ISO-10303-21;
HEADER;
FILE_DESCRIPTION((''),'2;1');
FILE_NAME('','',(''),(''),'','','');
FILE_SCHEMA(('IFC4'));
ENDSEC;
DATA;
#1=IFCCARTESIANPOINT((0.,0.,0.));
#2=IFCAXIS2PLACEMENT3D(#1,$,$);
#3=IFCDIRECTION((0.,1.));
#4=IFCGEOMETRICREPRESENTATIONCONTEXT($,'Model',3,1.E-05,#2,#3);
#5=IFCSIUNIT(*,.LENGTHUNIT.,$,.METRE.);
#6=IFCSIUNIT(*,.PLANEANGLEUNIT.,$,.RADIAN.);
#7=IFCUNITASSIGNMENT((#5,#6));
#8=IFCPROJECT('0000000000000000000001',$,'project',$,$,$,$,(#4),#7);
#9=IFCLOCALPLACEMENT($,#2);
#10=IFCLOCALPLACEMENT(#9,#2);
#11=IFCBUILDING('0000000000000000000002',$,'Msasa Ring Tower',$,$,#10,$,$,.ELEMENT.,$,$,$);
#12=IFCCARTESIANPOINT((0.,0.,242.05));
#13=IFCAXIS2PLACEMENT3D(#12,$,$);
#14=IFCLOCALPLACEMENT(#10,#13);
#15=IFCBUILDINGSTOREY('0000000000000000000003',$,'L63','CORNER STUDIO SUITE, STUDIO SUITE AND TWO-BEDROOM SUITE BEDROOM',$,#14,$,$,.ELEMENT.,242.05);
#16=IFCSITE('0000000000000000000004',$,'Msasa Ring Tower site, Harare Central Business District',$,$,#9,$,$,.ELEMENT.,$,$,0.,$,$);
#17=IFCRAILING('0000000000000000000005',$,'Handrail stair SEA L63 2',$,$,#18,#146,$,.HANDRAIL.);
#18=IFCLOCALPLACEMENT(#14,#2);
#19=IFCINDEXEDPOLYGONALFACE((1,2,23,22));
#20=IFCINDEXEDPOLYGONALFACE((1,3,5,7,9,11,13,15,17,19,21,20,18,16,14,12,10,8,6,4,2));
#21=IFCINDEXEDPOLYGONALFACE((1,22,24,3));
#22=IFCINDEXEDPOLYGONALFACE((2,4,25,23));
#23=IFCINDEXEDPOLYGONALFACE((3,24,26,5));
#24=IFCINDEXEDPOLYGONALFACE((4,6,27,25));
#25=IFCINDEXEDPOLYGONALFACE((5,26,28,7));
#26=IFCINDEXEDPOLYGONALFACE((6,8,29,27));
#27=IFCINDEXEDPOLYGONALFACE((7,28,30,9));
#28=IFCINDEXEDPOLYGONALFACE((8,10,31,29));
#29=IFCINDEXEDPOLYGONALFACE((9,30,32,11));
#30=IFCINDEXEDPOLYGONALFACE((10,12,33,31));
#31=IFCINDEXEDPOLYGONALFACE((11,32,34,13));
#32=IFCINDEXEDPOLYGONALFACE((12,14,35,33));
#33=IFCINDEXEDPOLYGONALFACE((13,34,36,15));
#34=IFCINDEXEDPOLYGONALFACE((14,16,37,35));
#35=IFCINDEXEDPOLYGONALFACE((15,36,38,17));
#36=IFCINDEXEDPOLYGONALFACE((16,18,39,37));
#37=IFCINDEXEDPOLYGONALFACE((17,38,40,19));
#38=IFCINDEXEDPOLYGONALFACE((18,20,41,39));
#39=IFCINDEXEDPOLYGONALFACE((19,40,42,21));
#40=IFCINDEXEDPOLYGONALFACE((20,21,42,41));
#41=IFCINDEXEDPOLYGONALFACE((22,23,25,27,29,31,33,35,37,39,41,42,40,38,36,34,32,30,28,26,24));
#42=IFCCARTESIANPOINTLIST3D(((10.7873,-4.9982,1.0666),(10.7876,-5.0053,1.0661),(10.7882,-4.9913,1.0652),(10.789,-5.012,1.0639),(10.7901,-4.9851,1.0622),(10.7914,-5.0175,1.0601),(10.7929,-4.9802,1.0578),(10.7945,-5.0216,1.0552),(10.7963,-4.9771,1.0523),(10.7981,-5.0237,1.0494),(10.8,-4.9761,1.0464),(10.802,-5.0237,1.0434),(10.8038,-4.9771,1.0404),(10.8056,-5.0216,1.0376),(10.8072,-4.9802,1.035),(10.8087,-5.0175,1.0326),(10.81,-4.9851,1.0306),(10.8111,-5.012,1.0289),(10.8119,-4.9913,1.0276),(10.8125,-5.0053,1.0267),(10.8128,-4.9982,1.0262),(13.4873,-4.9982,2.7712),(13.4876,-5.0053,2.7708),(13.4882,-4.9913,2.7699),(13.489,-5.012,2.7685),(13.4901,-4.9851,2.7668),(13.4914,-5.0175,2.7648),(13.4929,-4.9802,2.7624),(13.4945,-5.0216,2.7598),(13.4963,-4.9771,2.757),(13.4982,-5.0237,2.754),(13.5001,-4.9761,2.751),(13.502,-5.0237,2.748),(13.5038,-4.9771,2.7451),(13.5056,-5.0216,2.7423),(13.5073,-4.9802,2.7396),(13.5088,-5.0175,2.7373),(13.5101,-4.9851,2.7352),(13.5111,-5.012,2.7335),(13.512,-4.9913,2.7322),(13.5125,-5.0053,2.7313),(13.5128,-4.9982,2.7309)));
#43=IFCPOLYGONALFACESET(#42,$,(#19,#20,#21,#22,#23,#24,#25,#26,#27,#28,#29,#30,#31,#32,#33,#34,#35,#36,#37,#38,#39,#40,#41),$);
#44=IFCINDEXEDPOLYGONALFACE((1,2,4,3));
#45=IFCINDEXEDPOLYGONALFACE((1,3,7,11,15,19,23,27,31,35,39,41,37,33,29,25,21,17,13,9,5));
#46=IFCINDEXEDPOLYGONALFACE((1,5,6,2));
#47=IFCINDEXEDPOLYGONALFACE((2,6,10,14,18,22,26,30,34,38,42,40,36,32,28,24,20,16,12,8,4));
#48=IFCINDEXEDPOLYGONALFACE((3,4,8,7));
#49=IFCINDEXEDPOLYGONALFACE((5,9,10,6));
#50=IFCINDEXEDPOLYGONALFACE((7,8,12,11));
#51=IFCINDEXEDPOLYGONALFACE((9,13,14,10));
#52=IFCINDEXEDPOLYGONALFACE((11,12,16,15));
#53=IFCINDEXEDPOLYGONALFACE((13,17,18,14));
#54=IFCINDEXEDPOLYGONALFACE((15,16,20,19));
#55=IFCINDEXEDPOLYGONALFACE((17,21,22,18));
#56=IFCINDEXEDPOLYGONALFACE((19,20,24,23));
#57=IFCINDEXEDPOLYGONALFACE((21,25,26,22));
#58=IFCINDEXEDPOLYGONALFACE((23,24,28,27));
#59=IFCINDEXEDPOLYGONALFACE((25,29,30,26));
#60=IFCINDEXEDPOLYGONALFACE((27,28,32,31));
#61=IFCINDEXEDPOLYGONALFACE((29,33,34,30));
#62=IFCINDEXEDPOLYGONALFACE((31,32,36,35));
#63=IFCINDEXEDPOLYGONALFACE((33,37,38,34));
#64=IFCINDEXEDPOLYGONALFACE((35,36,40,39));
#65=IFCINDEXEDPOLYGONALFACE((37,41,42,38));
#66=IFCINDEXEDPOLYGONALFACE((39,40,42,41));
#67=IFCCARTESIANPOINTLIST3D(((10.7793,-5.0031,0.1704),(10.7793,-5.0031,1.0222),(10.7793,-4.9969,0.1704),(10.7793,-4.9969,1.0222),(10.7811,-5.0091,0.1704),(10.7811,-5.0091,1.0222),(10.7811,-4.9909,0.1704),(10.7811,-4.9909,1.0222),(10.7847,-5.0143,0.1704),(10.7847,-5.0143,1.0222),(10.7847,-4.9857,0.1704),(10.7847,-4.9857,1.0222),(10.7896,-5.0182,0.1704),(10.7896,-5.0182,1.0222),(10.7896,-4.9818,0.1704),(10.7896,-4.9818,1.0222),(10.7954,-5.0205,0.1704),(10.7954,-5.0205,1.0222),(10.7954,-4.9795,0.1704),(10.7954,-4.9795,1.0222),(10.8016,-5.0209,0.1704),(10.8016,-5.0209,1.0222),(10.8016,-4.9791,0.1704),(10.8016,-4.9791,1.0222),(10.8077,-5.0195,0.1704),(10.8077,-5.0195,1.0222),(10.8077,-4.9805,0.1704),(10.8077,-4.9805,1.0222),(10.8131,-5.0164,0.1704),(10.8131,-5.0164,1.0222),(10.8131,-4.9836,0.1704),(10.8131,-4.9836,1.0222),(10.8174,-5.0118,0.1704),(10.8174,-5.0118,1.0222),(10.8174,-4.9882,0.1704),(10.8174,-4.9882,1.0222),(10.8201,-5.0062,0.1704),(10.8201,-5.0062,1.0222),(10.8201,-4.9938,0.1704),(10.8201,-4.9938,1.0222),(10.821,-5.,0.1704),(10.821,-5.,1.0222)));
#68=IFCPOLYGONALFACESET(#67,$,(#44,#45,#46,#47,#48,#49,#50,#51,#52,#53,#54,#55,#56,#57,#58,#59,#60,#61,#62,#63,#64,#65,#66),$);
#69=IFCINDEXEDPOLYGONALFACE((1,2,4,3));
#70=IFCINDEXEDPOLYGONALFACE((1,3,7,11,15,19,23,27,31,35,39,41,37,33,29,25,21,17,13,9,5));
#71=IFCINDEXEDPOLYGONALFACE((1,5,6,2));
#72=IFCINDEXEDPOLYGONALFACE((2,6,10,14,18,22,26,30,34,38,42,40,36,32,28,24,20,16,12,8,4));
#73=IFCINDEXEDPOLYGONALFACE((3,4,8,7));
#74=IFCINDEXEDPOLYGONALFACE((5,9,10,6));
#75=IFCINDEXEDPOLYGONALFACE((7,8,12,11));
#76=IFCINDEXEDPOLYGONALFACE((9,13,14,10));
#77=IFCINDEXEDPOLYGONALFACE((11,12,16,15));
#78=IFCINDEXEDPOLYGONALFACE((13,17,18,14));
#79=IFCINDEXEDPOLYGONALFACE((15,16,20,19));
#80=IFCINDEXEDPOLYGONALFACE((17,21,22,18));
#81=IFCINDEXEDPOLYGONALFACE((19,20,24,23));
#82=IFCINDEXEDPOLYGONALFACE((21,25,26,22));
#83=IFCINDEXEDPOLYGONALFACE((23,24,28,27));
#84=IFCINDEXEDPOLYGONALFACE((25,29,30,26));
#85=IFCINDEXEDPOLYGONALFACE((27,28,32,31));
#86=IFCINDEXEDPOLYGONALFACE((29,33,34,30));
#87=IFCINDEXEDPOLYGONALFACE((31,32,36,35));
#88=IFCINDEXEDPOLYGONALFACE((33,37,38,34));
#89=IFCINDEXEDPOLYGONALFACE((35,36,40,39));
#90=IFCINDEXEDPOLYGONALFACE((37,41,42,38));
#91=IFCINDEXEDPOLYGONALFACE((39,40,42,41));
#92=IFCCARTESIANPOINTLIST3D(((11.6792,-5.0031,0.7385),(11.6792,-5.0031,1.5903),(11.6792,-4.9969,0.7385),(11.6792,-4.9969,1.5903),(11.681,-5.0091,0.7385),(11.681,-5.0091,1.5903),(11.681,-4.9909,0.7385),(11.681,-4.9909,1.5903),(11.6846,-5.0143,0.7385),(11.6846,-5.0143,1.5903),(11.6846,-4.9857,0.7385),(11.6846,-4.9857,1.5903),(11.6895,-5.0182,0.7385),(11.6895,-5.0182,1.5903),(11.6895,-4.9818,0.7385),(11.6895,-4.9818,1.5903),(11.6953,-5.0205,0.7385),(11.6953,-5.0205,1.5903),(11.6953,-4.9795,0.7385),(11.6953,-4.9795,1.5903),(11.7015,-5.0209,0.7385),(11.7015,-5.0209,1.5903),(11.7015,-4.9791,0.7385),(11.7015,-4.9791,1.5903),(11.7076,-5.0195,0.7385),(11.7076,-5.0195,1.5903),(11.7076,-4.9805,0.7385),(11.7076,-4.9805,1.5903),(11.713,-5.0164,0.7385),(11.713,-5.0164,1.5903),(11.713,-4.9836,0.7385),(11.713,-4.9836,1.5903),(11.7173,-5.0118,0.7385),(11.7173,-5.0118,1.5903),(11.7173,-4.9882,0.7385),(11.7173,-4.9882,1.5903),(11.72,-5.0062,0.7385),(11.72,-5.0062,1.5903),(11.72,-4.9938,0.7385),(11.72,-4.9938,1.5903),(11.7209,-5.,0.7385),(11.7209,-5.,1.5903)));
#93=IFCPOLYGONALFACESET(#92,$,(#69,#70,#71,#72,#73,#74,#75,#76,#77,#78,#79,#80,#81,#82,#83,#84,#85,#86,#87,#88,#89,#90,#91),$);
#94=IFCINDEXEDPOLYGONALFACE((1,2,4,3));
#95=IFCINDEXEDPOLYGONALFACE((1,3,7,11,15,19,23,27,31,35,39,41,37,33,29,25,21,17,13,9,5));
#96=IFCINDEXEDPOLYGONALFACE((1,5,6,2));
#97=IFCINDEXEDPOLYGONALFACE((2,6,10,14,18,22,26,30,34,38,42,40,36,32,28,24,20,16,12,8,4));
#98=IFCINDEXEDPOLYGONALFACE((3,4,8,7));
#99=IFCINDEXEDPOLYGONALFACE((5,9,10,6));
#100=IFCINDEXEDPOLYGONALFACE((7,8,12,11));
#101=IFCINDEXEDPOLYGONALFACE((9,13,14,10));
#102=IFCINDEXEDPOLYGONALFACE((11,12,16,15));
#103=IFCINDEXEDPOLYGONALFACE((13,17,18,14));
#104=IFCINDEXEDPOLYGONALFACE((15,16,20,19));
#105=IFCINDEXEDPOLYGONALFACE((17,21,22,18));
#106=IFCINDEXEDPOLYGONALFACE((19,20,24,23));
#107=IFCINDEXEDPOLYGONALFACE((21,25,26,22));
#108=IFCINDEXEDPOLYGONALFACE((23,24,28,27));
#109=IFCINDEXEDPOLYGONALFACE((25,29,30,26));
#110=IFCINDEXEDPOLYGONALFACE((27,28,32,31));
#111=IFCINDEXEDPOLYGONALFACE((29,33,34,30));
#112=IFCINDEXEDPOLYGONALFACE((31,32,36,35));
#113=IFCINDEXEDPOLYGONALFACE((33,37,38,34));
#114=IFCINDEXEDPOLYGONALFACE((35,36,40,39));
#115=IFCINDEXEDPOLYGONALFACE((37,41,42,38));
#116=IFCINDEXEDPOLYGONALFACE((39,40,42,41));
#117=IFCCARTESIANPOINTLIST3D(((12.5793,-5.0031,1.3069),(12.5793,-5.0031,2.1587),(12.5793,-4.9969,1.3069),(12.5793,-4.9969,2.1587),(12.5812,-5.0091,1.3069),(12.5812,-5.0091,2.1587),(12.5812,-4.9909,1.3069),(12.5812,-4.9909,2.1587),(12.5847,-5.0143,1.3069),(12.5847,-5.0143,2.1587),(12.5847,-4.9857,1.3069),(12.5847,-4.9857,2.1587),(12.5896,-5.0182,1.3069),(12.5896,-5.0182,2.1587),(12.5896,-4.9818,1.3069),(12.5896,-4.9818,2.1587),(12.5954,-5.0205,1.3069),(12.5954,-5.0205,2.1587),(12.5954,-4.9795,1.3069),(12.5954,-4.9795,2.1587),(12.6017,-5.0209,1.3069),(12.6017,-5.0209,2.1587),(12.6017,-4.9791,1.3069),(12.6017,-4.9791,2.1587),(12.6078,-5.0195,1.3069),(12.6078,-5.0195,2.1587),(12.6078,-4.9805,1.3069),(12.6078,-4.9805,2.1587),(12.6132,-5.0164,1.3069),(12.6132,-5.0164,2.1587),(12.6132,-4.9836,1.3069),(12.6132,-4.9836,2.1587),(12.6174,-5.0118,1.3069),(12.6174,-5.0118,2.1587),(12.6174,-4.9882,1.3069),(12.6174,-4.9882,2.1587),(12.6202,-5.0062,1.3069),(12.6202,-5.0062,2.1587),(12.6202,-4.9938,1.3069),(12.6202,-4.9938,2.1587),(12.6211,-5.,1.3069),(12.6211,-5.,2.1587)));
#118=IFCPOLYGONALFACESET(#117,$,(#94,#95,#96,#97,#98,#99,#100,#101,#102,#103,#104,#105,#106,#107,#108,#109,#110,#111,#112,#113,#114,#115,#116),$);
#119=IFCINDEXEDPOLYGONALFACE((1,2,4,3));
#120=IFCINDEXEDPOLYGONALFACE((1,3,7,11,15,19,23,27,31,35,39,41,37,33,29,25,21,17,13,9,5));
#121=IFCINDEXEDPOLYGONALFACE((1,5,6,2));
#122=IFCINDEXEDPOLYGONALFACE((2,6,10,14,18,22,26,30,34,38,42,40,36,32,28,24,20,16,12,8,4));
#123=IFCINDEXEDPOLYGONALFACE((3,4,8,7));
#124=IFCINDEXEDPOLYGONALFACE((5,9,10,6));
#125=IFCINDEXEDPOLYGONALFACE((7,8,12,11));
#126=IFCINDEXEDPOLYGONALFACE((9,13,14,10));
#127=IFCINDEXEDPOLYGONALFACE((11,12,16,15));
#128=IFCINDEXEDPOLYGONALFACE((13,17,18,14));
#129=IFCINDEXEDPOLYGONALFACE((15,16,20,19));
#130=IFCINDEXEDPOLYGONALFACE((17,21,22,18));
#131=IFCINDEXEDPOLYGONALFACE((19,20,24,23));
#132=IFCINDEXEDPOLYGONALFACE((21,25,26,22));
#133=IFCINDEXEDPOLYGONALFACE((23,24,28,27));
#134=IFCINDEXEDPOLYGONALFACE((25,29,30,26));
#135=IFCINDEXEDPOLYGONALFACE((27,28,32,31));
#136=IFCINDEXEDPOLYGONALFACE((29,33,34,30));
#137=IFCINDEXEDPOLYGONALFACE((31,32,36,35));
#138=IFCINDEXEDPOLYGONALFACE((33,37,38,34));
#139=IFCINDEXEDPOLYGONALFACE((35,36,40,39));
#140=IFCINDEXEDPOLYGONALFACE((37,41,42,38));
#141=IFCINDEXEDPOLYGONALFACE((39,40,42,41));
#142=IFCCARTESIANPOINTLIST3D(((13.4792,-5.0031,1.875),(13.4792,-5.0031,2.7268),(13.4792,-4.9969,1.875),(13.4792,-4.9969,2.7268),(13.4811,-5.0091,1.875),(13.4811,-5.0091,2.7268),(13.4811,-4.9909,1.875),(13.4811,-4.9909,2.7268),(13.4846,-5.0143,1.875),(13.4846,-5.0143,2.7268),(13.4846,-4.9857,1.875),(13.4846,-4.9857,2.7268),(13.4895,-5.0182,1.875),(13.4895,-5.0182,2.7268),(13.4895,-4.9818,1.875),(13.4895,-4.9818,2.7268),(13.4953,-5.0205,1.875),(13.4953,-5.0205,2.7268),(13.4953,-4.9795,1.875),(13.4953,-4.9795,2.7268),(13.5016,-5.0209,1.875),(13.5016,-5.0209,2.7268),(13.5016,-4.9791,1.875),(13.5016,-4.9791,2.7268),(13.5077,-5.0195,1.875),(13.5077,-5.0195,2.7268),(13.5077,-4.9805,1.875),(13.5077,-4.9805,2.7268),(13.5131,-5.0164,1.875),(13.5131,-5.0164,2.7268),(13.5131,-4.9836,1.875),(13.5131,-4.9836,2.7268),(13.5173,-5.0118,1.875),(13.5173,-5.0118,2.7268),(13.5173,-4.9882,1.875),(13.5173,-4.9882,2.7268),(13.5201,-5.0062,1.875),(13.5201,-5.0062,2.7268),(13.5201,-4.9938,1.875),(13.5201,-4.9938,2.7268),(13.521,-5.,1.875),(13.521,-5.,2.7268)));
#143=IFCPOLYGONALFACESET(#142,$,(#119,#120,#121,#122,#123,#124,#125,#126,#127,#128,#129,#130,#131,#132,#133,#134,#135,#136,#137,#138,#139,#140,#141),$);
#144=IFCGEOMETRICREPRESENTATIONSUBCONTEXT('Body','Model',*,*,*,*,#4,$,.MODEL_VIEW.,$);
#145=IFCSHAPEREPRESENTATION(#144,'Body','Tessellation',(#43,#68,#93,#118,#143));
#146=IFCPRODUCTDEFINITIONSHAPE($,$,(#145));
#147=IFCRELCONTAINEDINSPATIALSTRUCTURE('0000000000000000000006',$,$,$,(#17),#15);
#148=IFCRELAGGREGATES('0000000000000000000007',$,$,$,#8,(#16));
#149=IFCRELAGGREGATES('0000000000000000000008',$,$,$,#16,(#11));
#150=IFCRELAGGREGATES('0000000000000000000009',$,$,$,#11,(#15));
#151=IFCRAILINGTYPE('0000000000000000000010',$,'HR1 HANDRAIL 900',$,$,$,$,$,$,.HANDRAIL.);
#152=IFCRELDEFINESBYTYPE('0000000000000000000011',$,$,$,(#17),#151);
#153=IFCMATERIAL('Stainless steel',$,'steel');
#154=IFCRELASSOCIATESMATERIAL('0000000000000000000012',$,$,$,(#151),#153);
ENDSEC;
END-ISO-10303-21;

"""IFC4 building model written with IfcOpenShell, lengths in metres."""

from ifc_helpers import new_model, si_unit, direction, frame, origin, origin_2d, place, context, subcontext, project, spatial, circle, extrude, material, type_object, element, save


model = new_model("IFC4")

# Units and contexts
model_context = context("Model", 3, precision=1e-05, world=origin(), true_north=direction((0.0, 1.0)))
body_context = subcontext(model_context, "Body", "Model", "MODEL_VIEW")
ifc_project = project(units=[si_unit("LENGTHUNIT", "METRE"), si_unit("PLANEANGLEUNIT", "RADIAN")], contexts=[model_context])

# Site, building, storey
site_placement = place(None, origin())
site = spatial("IfcSite", under=ifc_project, at=site_placement, Name="Msasa Ring Tower site, Harare Central Business District", CompositionType="ELEMENT", RefElevation=0.0)
building_placement = place(site_placement, origin())
building = spatial("IfcBuilding", under=site, at=building_placement, Name="Msasa Ring Tower", CompositionType="ELEMENT")
storey_placement = place(building_placement, frame((0.0, 0.0, 242.05)))
storey = spatial("IfcBuildingStorey", under=building, at=storey_placement, Name="L63", Description="CORNER STUDIO SUITE, STUDIO SUITE AND TWO-BEDROOM SUITE BEDROOM", CompositionType="ELEMENT", Elevation=242.05)

# Railing
ifc_material_1 = material(Name="Stainless steel", Category="steel")
railing_type = type_object("IfcRailingType", Name="HR1 HANDRAIL 900", PredefinedType="HANDRAIL", material=ifc_material_1)
for number, where, name in (
    (1, (10.8, -5.0, 0.1704), "Handrail stair SEA L63 2"),
):
    element("IfcRailing", number, at=place(storey_placement, frame(where)), inside=storey, type_object=railing_type, Name=name, PredefinedType="HANDRAIL", context=body_context, shape_type="SweptSolid", body=[
        extrude(circle(Radius=0.0239, at=origin_2d()), frame((0.0, 0.0, 0.876), z_axis=(0.84558, 0.0, 0.533849), x_axis=(0.0, 1.0, 0.0)), (0.0, 0.0, 1.0), 3.1931),
        extrude(circle(Radius=0.021, at=origin_2d()), origin(), (0.0, 0.0, 1.0), 0.8518),
        extrude(circle(Radius=0.021, at=origin_2d()), frame((0.8999, 0.0, 0.5681)), (0.0, 0.0, 1.0), 0.8518),
        extrude(circle(Radius=0.021, at=origin_2d()), frame((1.8, 0.0, 1.1365)), (0.0, 0.0, 1.0), 0.8518),
        extrude(circle(Radius=0.021, at=origin_2d()), frame((2.7, 0.0, 1.7046)), (0.0, 0.0, 1.0), 0.8518),
    ])

save(model, "model.ifc")
